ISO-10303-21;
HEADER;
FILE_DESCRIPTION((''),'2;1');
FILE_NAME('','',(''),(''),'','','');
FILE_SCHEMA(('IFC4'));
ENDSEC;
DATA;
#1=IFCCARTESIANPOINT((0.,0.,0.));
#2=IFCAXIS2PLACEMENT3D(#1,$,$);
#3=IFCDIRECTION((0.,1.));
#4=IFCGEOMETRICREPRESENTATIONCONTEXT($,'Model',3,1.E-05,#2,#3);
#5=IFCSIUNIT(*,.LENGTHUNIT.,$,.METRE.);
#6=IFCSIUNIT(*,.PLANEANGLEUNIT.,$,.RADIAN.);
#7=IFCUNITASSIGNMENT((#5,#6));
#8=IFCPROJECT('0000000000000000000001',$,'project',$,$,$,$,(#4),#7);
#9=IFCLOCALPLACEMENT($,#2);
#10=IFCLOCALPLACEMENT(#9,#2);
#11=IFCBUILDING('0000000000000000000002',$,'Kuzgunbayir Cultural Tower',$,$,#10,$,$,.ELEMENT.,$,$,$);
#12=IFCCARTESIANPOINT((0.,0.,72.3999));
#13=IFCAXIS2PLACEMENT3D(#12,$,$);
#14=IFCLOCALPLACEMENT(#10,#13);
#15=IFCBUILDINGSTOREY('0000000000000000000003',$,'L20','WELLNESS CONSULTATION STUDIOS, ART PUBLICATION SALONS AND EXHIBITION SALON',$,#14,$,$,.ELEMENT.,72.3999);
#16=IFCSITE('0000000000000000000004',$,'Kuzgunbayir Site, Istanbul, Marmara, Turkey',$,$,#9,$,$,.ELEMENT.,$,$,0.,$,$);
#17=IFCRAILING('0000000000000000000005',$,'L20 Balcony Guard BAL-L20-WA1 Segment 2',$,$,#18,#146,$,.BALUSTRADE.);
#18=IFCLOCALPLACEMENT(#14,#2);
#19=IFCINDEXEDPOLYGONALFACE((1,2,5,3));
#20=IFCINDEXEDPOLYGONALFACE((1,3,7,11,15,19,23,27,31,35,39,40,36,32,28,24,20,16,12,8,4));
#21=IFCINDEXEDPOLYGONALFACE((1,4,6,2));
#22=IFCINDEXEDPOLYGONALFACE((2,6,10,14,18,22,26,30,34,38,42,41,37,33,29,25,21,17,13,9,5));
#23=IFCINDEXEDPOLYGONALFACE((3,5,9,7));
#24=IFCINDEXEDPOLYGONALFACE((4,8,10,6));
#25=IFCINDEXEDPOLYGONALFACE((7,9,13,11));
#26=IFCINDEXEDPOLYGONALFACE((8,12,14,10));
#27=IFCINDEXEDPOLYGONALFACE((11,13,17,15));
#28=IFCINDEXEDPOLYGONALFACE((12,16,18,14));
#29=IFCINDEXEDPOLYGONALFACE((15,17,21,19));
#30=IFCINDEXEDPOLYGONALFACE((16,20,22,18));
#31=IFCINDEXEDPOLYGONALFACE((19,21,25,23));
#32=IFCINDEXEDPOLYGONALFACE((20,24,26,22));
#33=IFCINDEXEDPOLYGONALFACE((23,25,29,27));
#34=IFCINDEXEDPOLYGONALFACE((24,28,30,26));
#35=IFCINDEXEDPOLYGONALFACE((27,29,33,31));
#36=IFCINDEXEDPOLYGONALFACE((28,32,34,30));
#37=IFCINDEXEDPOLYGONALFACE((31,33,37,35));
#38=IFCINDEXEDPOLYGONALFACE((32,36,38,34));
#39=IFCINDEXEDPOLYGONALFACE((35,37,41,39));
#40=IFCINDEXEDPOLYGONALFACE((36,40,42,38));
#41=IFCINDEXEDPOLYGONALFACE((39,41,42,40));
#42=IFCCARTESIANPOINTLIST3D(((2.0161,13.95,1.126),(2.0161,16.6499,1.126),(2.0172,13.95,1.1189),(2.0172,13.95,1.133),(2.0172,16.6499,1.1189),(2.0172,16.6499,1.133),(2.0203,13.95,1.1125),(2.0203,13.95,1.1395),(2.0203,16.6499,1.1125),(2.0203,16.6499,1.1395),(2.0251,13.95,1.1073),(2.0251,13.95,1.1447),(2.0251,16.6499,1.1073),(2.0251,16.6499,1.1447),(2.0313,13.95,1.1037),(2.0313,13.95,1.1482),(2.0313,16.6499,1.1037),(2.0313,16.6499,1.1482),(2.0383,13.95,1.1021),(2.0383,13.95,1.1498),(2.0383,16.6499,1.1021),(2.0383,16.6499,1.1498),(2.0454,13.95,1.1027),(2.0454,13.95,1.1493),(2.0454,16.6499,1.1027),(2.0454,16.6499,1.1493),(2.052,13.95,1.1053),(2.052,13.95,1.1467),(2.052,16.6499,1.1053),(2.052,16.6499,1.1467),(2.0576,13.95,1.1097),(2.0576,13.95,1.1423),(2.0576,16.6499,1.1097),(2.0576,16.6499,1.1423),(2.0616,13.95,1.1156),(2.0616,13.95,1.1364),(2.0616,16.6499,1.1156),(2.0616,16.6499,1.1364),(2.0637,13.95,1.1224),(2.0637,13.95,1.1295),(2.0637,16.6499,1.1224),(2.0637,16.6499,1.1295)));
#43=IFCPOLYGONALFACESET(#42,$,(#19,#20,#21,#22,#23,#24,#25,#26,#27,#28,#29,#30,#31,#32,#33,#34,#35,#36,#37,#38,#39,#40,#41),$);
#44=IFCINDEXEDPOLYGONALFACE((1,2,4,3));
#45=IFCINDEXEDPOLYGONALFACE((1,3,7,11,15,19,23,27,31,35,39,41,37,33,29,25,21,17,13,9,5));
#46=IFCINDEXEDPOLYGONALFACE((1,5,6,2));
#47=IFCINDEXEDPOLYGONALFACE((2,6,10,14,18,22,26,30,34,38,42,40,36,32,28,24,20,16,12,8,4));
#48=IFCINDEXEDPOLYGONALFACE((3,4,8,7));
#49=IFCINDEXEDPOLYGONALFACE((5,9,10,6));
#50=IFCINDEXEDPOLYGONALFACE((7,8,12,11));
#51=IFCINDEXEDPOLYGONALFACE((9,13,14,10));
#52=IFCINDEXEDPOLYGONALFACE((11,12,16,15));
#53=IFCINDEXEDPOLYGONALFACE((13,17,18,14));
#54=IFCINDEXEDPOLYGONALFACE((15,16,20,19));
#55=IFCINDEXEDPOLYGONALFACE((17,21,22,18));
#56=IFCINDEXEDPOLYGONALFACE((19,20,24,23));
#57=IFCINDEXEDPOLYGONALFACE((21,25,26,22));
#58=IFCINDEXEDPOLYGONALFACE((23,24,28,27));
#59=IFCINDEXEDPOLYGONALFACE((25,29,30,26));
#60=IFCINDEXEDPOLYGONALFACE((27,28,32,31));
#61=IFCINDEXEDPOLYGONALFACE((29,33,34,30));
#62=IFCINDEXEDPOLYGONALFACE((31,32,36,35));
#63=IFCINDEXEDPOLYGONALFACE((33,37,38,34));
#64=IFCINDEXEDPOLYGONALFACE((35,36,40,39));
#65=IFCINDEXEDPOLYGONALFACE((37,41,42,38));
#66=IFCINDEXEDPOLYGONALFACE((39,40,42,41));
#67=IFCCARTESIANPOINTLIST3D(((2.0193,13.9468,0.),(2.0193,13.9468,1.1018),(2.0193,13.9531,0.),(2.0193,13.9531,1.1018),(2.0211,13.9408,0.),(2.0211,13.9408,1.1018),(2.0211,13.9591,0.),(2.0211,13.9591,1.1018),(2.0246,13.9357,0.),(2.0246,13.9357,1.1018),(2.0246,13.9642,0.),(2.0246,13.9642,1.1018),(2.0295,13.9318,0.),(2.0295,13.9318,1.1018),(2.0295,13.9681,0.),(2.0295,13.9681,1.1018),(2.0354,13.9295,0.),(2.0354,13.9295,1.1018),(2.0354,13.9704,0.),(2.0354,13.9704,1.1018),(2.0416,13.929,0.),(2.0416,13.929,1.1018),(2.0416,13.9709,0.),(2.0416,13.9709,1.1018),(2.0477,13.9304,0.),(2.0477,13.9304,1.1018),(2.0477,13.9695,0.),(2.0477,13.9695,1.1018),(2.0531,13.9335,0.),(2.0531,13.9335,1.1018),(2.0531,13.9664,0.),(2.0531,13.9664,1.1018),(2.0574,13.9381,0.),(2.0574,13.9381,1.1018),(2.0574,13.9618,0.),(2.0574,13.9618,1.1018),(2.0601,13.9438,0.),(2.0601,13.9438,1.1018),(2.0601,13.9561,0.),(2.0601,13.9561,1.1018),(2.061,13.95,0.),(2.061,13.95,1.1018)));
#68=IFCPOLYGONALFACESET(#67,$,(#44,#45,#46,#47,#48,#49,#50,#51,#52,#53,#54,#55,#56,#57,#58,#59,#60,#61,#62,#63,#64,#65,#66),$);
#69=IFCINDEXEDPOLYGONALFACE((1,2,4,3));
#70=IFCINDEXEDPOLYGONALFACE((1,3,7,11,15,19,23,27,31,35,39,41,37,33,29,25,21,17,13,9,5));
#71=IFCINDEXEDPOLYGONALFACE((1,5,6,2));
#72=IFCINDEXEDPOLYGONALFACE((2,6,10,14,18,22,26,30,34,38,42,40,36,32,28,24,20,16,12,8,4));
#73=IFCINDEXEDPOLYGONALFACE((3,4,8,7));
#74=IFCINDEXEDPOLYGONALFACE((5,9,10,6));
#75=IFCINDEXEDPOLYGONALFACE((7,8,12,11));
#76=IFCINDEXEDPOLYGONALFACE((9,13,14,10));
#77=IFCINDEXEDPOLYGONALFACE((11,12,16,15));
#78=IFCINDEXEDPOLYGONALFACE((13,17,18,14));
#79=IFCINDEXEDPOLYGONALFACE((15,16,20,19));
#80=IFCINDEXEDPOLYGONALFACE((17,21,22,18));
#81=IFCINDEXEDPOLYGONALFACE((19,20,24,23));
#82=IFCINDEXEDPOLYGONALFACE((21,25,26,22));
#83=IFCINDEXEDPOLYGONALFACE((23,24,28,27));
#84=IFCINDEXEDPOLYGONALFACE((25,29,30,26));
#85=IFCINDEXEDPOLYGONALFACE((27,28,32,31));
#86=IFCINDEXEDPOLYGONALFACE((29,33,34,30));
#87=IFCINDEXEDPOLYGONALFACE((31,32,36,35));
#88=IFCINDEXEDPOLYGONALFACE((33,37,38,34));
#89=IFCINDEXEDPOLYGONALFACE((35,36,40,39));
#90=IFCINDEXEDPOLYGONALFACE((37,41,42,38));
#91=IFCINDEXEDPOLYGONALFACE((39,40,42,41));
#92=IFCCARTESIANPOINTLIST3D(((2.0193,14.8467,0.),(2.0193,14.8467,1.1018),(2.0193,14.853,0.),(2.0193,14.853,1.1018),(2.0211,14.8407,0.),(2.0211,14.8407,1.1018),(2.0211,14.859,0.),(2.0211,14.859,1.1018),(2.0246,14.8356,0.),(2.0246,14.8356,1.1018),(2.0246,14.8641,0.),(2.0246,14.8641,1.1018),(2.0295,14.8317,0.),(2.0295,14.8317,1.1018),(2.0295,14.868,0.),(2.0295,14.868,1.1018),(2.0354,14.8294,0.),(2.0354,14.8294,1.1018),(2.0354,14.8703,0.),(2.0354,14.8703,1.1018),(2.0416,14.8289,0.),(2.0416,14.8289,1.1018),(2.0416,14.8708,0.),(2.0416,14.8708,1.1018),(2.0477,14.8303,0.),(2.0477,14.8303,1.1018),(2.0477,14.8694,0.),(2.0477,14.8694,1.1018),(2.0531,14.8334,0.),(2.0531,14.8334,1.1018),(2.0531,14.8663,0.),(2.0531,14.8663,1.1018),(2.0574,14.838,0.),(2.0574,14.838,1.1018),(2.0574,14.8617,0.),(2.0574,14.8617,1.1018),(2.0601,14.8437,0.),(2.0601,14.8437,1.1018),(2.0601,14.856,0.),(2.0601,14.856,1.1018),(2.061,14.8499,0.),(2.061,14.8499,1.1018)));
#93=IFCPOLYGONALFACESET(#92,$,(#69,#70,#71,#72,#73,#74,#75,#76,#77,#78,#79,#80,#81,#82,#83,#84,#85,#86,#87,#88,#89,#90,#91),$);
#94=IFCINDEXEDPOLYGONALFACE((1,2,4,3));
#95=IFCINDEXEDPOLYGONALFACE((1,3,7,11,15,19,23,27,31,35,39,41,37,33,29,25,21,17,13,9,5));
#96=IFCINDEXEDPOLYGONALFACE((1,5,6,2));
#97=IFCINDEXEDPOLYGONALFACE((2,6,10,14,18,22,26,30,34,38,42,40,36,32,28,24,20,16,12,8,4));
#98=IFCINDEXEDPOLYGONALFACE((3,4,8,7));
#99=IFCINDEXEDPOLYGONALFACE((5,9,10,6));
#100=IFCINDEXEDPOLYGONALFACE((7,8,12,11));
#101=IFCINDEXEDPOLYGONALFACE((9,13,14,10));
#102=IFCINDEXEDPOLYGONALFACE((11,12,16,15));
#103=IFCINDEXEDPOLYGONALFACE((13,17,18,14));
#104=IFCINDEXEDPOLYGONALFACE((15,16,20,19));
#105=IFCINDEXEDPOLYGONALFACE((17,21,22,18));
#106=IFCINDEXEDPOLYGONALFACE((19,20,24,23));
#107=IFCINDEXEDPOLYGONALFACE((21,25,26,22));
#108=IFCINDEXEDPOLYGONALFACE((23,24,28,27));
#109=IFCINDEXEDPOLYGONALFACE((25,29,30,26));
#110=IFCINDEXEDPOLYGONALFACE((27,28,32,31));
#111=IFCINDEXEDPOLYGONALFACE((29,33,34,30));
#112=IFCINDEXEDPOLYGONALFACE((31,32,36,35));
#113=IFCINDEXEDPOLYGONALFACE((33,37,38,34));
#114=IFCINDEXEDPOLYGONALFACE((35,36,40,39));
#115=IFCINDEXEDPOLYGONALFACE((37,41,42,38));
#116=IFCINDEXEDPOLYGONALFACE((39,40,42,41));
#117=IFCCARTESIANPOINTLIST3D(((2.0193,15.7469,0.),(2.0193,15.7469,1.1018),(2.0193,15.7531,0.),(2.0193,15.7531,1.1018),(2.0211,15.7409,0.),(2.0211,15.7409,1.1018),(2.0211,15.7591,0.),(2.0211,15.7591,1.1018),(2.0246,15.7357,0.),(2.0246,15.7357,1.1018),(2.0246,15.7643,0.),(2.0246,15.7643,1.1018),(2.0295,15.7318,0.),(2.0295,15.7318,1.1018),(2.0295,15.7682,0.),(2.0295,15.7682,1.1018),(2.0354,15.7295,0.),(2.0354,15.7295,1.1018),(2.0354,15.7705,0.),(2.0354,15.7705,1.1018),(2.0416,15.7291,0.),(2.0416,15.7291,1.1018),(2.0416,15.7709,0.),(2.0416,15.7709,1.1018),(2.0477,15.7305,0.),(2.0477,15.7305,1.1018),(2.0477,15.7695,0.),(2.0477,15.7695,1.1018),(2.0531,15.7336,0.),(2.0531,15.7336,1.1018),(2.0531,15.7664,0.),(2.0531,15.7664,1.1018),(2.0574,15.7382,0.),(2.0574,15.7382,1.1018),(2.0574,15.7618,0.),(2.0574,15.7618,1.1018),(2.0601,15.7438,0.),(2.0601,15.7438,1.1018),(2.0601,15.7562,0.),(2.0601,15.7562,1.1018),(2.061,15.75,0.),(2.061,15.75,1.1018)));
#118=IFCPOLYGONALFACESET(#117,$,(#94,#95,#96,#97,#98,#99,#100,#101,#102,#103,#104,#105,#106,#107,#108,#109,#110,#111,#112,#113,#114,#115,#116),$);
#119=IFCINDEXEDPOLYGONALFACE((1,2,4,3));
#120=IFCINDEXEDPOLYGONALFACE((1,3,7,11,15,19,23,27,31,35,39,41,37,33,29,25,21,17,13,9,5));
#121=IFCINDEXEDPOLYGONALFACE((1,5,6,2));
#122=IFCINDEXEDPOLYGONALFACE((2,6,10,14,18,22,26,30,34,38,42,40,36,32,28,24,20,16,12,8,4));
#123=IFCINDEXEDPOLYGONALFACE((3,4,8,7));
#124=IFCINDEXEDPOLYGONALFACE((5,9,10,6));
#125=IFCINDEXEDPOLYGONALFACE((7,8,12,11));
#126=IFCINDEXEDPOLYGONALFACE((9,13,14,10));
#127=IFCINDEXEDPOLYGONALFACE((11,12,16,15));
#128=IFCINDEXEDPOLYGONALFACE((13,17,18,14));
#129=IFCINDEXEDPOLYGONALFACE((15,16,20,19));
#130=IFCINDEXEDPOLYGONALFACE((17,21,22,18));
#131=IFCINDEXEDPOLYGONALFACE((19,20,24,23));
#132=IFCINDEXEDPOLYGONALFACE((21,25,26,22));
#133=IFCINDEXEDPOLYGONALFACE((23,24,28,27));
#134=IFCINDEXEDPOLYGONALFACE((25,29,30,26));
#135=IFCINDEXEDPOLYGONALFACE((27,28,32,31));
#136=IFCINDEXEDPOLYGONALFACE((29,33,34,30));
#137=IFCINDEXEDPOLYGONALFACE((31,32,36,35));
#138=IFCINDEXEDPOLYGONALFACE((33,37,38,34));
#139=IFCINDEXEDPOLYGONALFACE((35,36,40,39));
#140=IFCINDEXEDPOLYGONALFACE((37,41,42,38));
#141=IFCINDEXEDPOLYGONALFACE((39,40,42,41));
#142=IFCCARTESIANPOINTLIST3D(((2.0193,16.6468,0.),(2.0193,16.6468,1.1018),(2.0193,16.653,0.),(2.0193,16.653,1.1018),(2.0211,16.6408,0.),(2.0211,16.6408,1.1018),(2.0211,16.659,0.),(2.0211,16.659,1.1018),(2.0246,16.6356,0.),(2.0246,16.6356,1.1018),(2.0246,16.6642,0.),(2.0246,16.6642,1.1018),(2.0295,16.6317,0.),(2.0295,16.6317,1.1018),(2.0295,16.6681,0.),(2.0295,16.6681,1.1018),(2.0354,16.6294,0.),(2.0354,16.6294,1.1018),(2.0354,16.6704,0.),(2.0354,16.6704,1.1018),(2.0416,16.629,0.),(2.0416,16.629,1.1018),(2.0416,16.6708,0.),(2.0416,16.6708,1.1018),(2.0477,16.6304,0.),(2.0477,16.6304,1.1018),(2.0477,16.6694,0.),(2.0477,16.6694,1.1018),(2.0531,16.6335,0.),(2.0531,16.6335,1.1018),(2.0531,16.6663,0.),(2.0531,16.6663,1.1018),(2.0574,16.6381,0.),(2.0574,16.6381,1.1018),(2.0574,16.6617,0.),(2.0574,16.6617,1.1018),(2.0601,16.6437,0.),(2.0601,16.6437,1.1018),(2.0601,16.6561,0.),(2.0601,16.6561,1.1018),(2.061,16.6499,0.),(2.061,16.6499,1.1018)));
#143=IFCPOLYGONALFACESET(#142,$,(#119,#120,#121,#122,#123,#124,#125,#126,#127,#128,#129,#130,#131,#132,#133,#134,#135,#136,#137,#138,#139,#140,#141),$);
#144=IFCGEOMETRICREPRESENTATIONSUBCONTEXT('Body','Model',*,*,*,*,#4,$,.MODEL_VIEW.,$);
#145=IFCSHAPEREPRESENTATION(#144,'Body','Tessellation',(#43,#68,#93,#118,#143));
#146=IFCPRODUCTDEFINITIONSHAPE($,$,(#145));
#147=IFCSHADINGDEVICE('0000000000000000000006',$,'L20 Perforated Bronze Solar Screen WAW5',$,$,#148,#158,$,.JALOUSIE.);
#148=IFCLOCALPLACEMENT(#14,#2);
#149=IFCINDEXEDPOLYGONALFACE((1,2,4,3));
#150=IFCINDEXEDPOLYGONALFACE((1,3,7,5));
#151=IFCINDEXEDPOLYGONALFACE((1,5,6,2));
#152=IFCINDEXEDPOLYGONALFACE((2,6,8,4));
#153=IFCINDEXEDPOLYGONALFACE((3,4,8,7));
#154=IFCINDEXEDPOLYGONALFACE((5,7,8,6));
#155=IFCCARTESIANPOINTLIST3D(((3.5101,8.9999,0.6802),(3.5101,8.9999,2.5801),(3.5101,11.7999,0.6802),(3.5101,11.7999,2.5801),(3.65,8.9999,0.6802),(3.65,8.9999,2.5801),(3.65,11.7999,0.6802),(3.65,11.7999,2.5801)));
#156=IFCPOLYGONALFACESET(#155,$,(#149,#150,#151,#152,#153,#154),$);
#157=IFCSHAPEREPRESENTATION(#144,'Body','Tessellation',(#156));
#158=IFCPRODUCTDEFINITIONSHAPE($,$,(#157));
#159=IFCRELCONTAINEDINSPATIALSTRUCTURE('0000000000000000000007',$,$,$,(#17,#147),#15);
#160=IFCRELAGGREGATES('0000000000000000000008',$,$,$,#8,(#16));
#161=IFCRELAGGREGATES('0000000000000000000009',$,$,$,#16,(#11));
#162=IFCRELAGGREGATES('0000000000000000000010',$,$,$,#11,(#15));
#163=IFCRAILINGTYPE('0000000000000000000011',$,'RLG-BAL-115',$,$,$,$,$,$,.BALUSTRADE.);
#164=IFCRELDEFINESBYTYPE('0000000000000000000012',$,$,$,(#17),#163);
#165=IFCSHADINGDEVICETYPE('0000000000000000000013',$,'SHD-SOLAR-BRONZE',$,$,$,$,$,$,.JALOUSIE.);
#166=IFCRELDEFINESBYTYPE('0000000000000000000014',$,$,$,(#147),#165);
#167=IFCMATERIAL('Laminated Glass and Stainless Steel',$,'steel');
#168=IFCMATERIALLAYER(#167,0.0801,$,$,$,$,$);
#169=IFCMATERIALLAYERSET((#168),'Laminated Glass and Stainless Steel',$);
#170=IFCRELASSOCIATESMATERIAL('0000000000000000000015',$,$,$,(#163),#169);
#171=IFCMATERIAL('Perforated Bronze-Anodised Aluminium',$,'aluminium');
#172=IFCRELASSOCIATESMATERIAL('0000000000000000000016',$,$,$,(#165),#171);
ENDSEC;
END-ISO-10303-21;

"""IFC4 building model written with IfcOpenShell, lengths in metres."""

from ifc_helpers import new_model, si_unit, direction, frame, origin, origin_2d, place, context, subcontext, project, spatial, rectangle, circle, extrude, material, layer, layer_set, type_object, element, save


model = new_model("IFC4")

# Units and contexts
model_context = context("Model", 3, precision=1e-05, world=origin(), true_north=direction((0.0, 1.0)))
body_context = subcontext(model_context, "Body", "Model", "MODEL_VIEW")
ifc_project = project(units=[si_unit("LENGTHUNIT", "METRE"), si_unit("PLANEANGLEUNIT", "RADIAN")], contexts=[model_context])

# Site, building, storey
site_placement = place(None, origin())
site = spatial("IfcSite", under=ifc_project, at=site_placement, Name="Kuzgunbayir Site, Istanbul, Marmara, Turkey", CompositionType="ELEMENT", RefElevation=0.0)
building_placement = place(site_placement, origin())
building = spatial("IfcBuilding", under=site, at=building_placement, Name="Kuzgunbayir Cultural Tower", CompositionType="ELEMENT")
storey_placement = place(building_placement, frame((0.0, 0.0, 72.3999)))
storey = spatial("IfcBuildingStorey", under=building, at=storey_placement, Name="L20", Description="WELLNESS CONSULTATION STUDIOS, ART PUBLICATION SALONS AND EXHIBITION SALON", CompositionType="ELEMENT", Elevation=72.3999)

# Railing
ifc_material_1 = material(Name="Laminated Glass and Stainless Steel", Category="steel")
ifc_layer_1 = layer(ifc_material_1, 0.0801)
ifc_layer_set_1 = layer_set([ifc_layer_1], Name="Laminated Glass and Stainless Steel")
railing_type = type_object("IfcRailingType", Name="RLG-BAL-115", PredefinedType="BALUSTRADE", material=ifc_layer_set_1)
railing_1_placement = place(storey_placement, frame((2.04, 13.95, 0.0)))
element("IfcRailing", 1, at=railing_1_placement, inside=storey, type_object=railing_type, Name="L20 Balcony Guard BAL-L20-WA1 Segment 2", PredefinedType="BALUSTRADE", context=body_context, shape_type="SweptSolid", body=[
    extrude(circle(Radius=0.0239, at=origin_2d()), frame((0.0, 0.0, 1.126), z_axis=(0.0, 1.0, 0.0), x_axis=(-1.0, 0.0, 0.0)), (0.0, 0.0, 1.0), 2.7),
    extrude(circle(Radius=0.021, at=origin_2d()), origin(), (0.0, 0.0, 1.0), 1.1018),
    extrude(circle(Radius=0.021, at=origin_2d()), frame((0.0, 0.8999, 0.0)), (0.0, 0.0, 1.0), 1.1018),
    extrude(circle(Radius=0.021, at=origin_2d()), frame((0.0, 1.8, 0.0)), (0.0, 0.0, 1.0), 1.1018),
    extrude(circle(Radius=0.021, at=origin_2d()), frame((0.0, 2.7, 0.0)), (0.0, 0.0, 1.0), 1.1018),
])

# Shading device
ifc_material_2 = material(Name="Perforated Bronze-Anodised Aluminium", Category="aluminium")
shading_device_type = type_object("IfcShadingDeviceType", Name="SHD-SOLAR-BRONZE", PredefinedType="JALOUSIE", material=ifc_material_2)
shading_device_placement = place(storey_placement, frame((3.5801, 10.3999, 0.6802), z_axis=(0.0, 0.0, 1.0), x_axis=(1.0, 0.0, 0.0)))
element("IfcShadingDevice", 2, at=shading_device_placement, inside=storey, type_object=shading_device_type, Name="L20 Perforated Bronze Solar Screen WAW5", PredefinedType="JALOUSIE", context=body_context, shape_type="SweptSolid", body=[
    extrude(rectangle(XDim=0.1399, YDim=2.8, at=origin_2d()), origin(), (0.0, 0.0, 1.0), 1.8999),
])

save(model, "model.ifc")
